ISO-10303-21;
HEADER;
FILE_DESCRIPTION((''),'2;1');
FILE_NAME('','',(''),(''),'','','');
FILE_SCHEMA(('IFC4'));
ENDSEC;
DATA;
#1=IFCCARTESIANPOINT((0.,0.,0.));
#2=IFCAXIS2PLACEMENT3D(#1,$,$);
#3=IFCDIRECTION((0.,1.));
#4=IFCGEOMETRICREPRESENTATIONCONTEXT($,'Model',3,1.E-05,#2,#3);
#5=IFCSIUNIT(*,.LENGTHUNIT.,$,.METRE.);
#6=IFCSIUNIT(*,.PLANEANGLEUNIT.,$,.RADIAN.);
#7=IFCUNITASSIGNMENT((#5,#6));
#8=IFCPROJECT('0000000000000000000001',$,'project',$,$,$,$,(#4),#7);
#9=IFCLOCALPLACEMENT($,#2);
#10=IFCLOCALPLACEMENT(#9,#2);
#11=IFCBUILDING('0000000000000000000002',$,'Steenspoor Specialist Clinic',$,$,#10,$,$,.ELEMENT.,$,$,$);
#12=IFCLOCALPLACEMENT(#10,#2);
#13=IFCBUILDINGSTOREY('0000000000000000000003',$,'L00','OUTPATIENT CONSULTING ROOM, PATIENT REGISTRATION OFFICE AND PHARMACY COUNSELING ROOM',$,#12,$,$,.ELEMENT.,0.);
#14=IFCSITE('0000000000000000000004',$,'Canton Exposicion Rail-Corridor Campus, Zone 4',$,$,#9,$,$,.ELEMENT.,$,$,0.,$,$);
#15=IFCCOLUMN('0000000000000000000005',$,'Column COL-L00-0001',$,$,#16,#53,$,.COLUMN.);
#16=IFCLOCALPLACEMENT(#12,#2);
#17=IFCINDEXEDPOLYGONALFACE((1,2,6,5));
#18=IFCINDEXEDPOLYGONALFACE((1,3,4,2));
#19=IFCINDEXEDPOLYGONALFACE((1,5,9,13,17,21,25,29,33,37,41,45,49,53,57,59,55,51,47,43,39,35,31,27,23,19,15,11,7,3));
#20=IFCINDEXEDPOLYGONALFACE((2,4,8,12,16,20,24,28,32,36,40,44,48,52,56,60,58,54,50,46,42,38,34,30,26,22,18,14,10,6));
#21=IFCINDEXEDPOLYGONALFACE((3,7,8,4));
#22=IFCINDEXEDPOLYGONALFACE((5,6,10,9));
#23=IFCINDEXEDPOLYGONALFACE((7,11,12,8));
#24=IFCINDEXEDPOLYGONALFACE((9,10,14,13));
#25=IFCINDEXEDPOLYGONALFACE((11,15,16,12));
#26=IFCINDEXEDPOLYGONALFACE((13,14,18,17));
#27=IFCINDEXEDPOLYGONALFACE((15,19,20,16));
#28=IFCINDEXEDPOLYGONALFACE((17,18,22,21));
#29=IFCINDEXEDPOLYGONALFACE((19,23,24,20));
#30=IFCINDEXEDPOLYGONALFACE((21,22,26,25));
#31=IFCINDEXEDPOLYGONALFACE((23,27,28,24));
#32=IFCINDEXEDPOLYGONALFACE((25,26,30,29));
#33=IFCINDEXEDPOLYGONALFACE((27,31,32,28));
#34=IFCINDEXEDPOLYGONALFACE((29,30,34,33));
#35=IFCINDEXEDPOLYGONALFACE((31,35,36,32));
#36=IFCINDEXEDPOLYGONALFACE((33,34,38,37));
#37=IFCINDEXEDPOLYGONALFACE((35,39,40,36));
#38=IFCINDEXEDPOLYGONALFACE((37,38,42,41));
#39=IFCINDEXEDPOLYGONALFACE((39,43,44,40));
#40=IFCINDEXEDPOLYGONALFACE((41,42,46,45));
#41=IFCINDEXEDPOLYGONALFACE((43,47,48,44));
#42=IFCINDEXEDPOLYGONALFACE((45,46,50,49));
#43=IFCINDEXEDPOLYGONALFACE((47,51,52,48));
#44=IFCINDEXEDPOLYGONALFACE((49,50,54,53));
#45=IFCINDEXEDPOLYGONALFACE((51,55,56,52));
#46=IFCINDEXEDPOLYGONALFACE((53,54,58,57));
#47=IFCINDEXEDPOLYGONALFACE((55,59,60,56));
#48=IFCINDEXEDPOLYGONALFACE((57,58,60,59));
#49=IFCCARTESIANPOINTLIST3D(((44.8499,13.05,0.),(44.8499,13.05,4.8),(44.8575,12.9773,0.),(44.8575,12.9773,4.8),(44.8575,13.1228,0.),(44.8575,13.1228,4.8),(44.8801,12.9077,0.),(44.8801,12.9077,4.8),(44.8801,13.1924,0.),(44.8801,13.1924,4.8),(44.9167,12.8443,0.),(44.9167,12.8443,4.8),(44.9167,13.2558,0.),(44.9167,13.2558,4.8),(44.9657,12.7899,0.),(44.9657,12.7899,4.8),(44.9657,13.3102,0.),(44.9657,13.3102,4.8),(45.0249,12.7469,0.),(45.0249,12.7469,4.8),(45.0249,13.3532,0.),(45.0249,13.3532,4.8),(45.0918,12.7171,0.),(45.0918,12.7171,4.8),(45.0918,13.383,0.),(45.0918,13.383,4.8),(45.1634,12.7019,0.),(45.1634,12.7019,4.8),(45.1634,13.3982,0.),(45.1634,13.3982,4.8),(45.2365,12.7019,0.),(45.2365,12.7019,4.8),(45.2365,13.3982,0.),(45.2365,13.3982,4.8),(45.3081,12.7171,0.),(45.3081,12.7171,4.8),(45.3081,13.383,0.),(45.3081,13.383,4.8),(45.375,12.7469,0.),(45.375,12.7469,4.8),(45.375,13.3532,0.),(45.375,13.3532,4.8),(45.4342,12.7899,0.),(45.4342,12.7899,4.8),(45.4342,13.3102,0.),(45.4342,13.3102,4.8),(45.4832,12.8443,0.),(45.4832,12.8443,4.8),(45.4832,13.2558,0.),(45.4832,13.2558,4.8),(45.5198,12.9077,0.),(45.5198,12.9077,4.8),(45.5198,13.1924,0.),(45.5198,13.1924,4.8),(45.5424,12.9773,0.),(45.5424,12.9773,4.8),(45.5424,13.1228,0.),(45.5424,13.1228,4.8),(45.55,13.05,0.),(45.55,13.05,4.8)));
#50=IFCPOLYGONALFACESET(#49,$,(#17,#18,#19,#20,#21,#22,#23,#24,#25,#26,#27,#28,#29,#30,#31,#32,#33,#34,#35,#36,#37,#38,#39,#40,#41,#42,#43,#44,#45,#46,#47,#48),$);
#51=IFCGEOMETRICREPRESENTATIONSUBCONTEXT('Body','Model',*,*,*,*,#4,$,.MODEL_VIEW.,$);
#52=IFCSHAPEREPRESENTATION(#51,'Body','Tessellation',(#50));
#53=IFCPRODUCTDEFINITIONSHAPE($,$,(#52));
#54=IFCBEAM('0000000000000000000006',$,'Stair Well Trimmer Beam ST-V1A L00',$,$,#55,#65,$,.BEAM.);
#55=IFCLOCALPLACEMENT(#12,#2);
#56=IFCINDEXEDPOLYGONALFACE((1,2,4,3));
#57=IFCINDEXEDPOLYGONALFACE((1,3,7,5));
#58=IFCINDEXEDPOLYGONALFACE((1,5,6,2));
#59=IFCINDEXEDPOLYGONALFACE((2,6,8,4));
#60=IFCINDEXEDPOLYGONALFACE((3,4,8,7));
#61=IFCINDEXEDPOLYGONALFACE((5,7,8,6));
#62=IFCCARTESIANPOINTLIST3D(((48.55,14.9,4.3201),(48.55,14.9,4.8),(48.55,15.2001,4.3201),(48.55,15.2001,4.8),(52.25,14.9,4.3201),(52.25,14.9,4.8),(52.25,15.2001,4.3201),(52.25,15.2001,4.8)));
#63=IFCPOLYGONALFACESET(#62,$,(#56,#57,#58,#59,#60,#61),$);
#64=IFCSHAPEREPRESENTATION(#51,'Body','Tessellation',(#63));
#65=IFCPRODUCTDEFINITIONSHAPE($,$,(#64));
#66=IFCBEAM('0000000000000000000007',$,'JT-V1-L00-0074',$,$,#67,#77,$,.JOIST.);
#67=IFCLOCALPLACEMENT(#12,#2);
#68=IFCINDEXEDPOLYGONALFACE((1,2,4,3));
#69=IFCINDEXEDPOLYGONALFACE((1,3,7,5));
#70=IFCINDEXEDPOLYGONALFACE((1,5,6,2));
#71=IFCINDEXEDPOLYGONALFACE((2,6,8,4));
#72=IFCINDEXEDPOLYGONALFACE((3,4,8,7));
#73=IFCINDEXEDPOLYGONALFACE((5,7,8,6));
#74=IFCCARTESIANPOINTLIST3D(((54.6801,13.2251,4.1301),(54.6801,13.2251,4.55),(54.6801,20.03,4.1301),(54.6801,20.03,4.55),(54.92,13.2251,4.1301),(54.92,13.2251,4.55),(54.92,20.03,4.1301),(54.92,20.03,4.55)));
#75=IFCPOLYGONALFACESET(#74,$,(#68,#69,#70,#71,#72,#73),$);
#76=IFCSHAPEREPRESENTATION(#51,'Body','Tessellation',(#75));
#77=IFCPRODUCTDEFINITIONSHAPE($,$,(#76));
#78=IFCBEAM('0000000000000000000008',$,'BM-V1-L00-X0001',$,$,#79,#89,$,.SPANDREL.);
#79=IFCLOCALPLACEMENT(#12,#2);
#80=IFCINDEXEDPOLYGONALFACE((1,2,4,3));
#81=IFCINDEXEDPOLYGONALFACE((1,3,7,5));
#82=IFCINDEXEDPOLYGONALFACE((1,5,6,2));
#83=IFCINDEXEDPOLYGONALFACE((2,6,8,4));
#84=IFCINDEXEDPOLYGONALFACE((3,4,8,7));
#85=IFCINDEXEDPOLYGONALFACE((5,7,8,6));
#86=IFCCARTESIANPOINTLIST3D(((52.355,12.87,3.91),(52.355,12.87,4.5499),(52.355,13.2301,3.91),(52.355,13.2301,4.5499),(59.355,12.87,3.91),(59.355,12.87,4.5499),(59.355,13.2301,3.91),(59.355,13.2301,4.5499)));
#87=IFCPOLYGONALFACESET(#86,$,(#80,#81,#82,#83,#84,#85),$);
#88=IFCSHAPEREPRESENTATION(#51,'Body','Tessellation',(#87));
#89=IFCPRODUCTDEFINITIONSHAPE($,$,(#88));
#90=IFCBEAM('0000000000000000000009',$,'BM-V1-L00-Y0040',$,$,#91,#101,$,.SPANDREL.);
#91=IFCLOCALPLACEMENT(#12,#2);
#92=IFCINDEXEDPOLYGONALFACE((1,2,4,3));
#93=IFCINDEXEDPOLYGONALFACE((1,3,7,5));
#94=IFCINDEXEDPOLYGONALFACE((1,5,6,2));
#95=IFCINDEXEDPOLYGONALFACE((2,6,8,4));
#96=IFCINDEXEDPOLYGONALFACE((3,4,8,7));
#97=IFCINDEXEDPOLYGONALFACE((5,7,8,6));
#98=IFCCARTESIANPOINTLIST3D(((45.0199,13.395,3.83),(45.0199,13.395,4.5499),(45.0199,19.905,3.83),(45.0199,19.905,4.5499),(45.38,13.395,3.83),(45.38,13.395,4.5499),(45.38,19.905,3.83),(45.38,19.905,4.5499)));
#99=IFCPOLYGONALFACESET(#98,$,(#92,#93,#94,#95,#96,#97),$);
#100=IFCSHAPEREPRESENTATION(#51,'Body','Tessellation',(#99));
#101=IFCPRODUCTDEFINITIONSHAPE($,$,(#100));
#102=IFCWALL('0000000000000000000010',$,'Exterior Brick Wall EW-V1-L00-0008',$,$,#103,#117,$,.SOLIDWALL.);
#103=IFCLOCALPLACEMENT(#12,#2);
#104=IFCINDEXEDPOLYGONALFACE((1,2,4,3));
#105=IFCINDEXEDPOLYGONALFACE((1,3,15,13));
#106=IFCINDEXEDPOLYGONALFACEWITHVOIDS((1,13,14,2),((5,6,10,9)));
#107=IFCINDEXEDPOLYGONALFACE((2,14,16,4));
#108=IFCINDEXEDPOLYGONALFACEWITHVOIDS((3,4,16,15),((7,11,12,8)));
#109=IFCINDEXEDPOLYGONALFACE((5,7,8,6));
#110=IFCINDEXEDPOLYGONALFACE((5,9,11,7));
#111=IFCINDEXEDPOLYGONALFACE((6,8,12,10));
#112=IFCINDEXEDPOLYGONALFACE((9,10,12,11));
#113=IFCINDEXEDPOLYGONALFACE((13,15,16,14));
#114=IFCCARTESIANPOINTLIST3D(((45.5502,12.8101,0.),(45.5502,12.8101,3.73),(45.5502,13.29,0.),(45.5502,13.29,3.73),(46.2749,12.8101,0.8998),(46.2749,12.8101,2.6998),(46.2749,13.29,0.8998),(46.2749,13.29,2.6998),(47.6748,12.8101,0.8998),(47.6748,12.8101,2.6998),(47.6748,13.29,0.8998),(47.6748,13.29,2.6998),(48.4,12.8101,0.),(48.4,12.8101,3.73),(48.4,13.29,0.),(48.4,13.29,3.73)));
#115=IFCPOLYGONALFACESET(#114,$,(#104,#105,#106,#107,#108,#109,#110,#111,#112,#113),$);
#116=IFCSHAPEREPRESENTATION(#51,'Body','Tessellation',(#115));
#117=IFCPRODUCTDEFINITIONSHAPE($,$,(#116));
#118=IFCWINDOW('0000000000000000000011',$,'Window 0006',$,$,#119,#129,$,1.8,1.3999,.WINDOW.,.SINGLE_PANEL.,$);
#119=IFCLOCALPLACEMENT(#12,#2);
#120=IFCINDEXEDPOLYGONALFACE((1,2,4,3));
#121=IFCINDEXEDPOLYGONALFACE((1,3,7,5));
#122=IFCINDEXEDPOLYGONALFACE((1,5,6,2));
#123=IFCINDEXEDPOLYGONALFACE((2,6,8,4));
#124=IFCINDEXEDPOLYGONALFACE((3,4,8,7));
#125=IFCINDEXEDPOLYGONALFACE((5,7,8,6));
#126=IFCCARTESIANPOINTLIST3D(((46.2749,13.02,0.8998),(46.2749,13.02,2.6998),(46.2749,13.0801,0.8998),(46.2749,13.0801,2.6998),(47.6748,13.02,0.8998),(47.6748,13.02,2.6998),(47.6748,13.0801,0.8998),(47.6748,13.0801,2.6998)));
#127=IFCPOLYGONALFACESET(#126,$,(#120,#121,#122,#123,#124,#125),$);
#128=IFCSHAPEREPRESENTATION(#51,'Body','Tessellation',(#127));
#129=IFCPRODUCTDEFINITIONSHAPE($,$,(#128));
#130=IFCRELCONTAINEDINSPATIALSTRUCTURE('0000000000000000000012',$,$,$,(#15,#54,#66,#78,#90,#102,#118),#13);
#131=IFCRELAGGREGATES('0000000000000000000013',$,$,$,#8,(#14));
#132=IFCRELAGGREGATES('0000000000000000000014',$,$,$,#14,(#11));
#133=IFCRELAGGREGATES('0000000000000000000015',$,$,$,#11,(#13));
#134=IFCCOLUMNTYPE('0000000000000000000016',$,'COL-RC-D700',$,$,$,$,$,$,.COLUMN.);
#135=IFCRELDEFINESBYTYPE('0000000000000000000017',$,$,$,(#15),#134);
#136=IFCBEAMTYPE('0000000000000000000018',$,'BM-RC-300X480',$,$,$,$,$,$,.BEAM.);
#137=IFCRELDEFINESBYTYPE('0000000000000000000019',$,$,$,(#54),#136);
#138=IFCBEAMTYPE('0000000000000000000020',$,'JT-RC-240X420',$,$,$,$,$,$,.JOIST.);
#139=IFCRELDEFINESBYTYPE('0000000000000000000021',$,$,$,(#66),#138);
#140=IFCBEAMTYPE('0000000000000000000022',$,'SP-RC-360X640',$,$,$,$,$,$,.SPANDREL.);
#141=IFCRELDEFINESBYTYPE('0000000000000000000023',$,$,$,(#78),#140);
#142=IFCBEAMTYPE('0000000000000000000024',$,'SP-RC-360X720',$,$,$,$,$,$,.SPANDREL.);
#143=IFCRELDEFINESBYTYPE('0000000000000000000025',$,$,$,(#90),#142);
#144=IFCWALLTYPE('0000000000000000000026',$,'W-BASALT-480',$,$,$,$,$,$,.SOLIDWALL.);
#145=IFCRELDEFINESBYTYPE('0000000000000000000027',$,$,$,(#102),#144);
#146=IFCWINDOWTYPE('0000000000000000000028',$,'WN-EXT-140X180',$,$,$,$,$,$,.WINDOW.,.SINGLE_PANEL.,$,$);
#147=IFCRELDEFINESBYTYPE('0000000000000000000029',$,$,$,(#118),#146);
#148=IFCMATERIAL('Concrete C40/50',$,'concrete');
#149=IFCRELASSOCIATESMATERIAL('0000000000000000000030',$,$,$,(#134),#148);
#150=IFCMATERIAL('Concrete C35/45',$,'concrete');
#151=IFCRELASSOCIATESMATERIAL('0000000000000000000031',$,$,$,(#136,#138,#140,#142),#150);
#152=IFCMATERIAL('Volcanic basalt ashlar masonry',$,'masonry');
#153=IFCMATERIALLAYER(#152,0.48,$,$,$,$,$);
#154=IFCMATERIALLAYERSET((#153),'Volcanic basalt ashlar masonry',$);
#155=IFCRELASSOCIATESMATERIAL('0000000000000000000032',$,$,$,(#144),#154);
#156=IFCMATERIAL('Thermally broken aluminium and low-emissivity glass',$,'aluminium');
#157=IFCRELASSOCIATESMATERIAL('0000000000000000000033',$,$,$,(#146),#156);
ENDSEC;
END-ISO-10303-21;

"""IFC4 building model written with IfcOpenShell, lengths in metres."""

from ifc_helpers import new_model, si_unit, direction, frame, frame_2d, origin, origin_2d, place, context, subcontext, project, spatial, rectangle, circle, extrude, material, layer, layer_set, material_profile, profile_set, type_object, element, fill, save


model = new_model("IFC4")

# Units and contexts
model_context = context("Model", 3, precision=1e-05, world=origin(), true_north=direction((0.0, 1.0)))
body_context = subcontext(model_context, "Body", "Model", "MODEL_VIEW")
ifc_project = project(units=[si_unit("LENGTHUNIT", "METRE"), si_unit("PLANEANGLEUNIT", "RADIAN")], contexts=[model_context])

# Site, building, storey
site_placement = place(None, origin())
site = spatial("IfcSite", under=ifc_project, at=site_placement, Name="Canton Exposicion Rail-Corridor Campus, Zone 4", CompositionType="ELEMENT", RefElevation=0.0)
building_placement = place(site_placement, origin())
building = spatial("IfcBuilding", under=site, at=building_placement, Name="Steenspoor Specialist Clinic", CompositionType="ELEMENT")
storey_placement = place(building_placement, origin())
storey = spatial("IfcBuildingStorey", under=building, at=storey_placement, Name="L00", Description="OUTPATIENT CONSULTING ROOM, PATIENT REGISTRATION OFFICE AND PHARMACY COUNSELING ROOM", CompositionType="ELEMENT", Elevation=0.0)

# Shared definitions
ifc_material_1 = material(Name="Concrete C35/45", Category="concrete")

# Column
ifc_material_2 = material(Name="Concrete C40/50", Category="concrete")
ifc_material_profile_1 = material_profile(ifc_material_2, circle(Radius=0.3501, at=origin_2d()), Name="RC-COL-D700")
ifc_profile_set_1 = profile_set([ifc_material_profile_1], Name="Concrete C40/50")
column_type_1 = type_object("IfcColumnType", Name="COL-RC-D700", PredefinedType="COLUMN", material=ifc_profile_set_1)
column_1_placement = place(storey_placement, frame((45.2, 13.05, 0.0), z_axis=(0.0, 0.0, 1.0), x_axis=(1.0, 0.0, 0.0)))
element("IfcColumn", 1, at=column_1_placement, inside=storey, type_object=column_type_1, Name="Column COL-L00-0001", PredefinedType="COLUMN", context=body_context, shape_type="SweptSolid", body=[
    extrude(circle(Radius=0.3501, at=origin_2d()), origin(), (0.0, 0.0, 1.0), 4.8),
])

# Beams
ifc_material_profile_2 = material_profile(ifc_material_1, rectangle(XDim=0.3, YDim=0.48, at=origin_2d()), Name="RC-BM-300X480")
ifc_profile_set_2 = profile_set([ifc_material_profile_2], Name="Concrete C35/45")
beam_type_1 = type_object("IfcBeamType", Name="BM-RC-300X480", PredefinedType="BEAM", material=ifc_profile_set_2)
beam_1_placement = place(storey_placement, frame((48.55, 15.05, 4.5601), z_axis=(1.0, 0.0, 0.0), x_axis=(0.0, 1.0, 0.0)))
element("IfcBeam", 2, at=beam_1_placement, inside=storey, type_object=beam_type_1, Name="Stair Well Trimmer Beam ST-V1A L00", PredefinedType="BEAM", context=body_context, shape_type="SweptSolid", body=[
    extrude(rectangle(XDim=0.3, YDim=0.48, at=origin_2d()), origin(), (0.0, 0.0, 1.0), 3.7),
])
ifc_material_profile_3 = material_profile(ifc_material_1, rectangle(XDim=0.24, YDim=0.4199, at=origin_2d()), Name="RC-JT-240X420")
ifc_profile_set_3 = profile_set([ifc_material_profile_3], Name="Concrete C35/45")
beam_type_2 = type_object("IfcBeamType", Name="JT-RC-240X420", PredefinedType="JOIST", material=ifc_profile_set_3)
beam_2_placement = place(storey_placement, frame((54.8, 13.2251, 4.3401), z_axis=(0.0, 1.0, 0.0), x_axis=(-1.0, 0.0, 0.0)))
element("IfcBeam", 3, at=beam_2_placement, inside=storey, type_object=beam_type_2, Name="JT-V1-L00-0074", PredefinedType="JOIST", context=body_context, shape_type="SweptSolid", body=[
    extrude(rectangle(XDim=0.24, YDim=0.4199, at=origin_2d()), origin(), (0.0, 0.0, 1.0), 6.8049),
])
ifc_material_profile_4 = material_profile(ifc_material_1, rectangle(XDim=0.3601, YDim=0.6399, at=origin_2d()), Name="RC-SP-360X640")
ifc_profile_set_4 = profile_set([ifc_material_profile_4], Name="Concrete C35/45")
beam_type_3 = type_object("IfcBeamType", Name="SP-RC-360X640", PredefinedType="SPANDREL", material=ifc_profile_set_4)
beam_3_placement = place(storey_placement, frame((52.355, 13.05, 4.23), z_axis=(1.0, 0.0, 0.0), x_axis=(0.0, 1.0, 0.0)))
element("IfcBeam", 4, at=beam_3_placement, inside=storey, type_object=beam_type_3, Name="BM-V1-L00-X0001", PredefinedType="SPANDREL", context=body_context, shape_type="SweptSolid", body=[
    extrude(rectangle(XDim=0.3601, YDim=0.6399, at=origin_2d()), origin(), (0.0, 0.0, 1.0), 7.0),
])
ifc_material_profile_5 = material_profile(ifc_material_1, rectangle(XDim=0.3601, YDim=0.72, at=origin_2d()), Name="RC-SP-360X720")
ifc_profile_set_5 = profile_set([ifc_material_profile_5], Name="Concrete C35/45")
beam_type_4 = type_object("IfcBeamType", Name="SP-RC-360X720", PredefinedType="SPANDREL", material=ifc_profile_set_5)
beam_4_placement = place(storey_placement, frame((45.2, 13.395, 4.1899), z_axis=(0.0, 1.0, 0.0), x_axis=(-1.0, 0.0, 0.0)))
element("IfcBeam", 5, at=beam_4_placement, inside=storey, type_object=beam_type_4, Name="BM-V1-L00-Y0040", PredefinedType="SPANDREL", context=body_context, shape_type="SweptSolid", body=[
    extrude(rectangle(XDim=0.3601, YDim=0.72, at=origin_2d()), origin(), (0.0, 0.0, 1.0), 6.51),
])

# Wall, opening, window
ifc_material_3 = material(Name="Volcanic basalt ashlar masonry", Category="masonry")
ifc_layer_1 = layer(ifc_material_3, 0.48)
ifc_layer_set_1 = layer_set([ifc_layer_1], Name="Volcanic basalt ashlar masonry")
wall_type_1 = type_object("IfcWallType", Name="W-BASALT-480", PredefinedType="SOLIDWALL", material=ifc_layer_set_1)
wall_1_placement = place(storey_placement, frame((48.3999, 13.05, 0.0), z_axis=(0.0, 0.0, 1.0), x_axis=(-1.0, 0.0, 0.0)))
wall_1 = element("IfcWall", 6, at=wall_1_placement, inside=storey, type_object=wall_type_1, Name="Exterior Brick Wall EW-V1-L00-0008", PredefinedType="SOLIDWALL", context=body_context, shape_type="SweptSolid", body=[
    extrude(rectangle(XDim=2.8499, YDim=0.48, at=frame_2d((1.4248, 0.0))), origin(), (0.0, 0.0, 1.0), 3.73),
])
opening_1_placement = place(wall_1_placement, frame((0.7251, 0.0, 0.8999)))
opening_1 = element("IfcOpeningElement", 7, at=opening_1_placement, cuts=wall_1, PredefinedType="OPENING", context=body_context, shape_type="SweptSolid", body=[
    extrude(rectangle(XDim=1.3999, YDim=1.8, at=frame_2d((0.7, 0.8999))), frame((0.0, 0.25, 0.0), z_axis=(0.0, -1.0, 0.0), x_axis=(1.0, 0.0, 0.0)), (0.0, 0.0, 1.0), 0.5),
])
ifc_material_4 = material(Name="Thermally broken aluminium and low-emissivity glass", Category="aluminium")
window_type_1 = type_object("IfcWindowType", Name="WN-EXT-140X180", PartitioningType="SINGLE_PANEL", PredefinedType="WINDOW", material=ifc_material_4)
window_1_placement = place(opening_1_placement, origin())
window_1 = element("IfcWindow", 8, at=window_1_placement, inside=storey, type_object=window_type_1, Name="Window 0006", OverallHeight=1.8, OverallWidth=1.3999, PartitioningType="SINGLE_PANEL", PredefinedType="WINDOW", context=body_context, shape_type="SweptSolid", body=[
    extrude(rectangle(XDim=1.3999, YDim=1.8, at=frame_2d((0.7, 0.8999))), frame((0.0, 0.03, 0.0), z_axis=(0.0, -1.0, 0.0), x_axis=(1.0, 0.0, 0.0)), (0.0, 0.0, 1.0), 0.0601),
])
fill(opening_1, window_1)

save(model, "model.ifc")
